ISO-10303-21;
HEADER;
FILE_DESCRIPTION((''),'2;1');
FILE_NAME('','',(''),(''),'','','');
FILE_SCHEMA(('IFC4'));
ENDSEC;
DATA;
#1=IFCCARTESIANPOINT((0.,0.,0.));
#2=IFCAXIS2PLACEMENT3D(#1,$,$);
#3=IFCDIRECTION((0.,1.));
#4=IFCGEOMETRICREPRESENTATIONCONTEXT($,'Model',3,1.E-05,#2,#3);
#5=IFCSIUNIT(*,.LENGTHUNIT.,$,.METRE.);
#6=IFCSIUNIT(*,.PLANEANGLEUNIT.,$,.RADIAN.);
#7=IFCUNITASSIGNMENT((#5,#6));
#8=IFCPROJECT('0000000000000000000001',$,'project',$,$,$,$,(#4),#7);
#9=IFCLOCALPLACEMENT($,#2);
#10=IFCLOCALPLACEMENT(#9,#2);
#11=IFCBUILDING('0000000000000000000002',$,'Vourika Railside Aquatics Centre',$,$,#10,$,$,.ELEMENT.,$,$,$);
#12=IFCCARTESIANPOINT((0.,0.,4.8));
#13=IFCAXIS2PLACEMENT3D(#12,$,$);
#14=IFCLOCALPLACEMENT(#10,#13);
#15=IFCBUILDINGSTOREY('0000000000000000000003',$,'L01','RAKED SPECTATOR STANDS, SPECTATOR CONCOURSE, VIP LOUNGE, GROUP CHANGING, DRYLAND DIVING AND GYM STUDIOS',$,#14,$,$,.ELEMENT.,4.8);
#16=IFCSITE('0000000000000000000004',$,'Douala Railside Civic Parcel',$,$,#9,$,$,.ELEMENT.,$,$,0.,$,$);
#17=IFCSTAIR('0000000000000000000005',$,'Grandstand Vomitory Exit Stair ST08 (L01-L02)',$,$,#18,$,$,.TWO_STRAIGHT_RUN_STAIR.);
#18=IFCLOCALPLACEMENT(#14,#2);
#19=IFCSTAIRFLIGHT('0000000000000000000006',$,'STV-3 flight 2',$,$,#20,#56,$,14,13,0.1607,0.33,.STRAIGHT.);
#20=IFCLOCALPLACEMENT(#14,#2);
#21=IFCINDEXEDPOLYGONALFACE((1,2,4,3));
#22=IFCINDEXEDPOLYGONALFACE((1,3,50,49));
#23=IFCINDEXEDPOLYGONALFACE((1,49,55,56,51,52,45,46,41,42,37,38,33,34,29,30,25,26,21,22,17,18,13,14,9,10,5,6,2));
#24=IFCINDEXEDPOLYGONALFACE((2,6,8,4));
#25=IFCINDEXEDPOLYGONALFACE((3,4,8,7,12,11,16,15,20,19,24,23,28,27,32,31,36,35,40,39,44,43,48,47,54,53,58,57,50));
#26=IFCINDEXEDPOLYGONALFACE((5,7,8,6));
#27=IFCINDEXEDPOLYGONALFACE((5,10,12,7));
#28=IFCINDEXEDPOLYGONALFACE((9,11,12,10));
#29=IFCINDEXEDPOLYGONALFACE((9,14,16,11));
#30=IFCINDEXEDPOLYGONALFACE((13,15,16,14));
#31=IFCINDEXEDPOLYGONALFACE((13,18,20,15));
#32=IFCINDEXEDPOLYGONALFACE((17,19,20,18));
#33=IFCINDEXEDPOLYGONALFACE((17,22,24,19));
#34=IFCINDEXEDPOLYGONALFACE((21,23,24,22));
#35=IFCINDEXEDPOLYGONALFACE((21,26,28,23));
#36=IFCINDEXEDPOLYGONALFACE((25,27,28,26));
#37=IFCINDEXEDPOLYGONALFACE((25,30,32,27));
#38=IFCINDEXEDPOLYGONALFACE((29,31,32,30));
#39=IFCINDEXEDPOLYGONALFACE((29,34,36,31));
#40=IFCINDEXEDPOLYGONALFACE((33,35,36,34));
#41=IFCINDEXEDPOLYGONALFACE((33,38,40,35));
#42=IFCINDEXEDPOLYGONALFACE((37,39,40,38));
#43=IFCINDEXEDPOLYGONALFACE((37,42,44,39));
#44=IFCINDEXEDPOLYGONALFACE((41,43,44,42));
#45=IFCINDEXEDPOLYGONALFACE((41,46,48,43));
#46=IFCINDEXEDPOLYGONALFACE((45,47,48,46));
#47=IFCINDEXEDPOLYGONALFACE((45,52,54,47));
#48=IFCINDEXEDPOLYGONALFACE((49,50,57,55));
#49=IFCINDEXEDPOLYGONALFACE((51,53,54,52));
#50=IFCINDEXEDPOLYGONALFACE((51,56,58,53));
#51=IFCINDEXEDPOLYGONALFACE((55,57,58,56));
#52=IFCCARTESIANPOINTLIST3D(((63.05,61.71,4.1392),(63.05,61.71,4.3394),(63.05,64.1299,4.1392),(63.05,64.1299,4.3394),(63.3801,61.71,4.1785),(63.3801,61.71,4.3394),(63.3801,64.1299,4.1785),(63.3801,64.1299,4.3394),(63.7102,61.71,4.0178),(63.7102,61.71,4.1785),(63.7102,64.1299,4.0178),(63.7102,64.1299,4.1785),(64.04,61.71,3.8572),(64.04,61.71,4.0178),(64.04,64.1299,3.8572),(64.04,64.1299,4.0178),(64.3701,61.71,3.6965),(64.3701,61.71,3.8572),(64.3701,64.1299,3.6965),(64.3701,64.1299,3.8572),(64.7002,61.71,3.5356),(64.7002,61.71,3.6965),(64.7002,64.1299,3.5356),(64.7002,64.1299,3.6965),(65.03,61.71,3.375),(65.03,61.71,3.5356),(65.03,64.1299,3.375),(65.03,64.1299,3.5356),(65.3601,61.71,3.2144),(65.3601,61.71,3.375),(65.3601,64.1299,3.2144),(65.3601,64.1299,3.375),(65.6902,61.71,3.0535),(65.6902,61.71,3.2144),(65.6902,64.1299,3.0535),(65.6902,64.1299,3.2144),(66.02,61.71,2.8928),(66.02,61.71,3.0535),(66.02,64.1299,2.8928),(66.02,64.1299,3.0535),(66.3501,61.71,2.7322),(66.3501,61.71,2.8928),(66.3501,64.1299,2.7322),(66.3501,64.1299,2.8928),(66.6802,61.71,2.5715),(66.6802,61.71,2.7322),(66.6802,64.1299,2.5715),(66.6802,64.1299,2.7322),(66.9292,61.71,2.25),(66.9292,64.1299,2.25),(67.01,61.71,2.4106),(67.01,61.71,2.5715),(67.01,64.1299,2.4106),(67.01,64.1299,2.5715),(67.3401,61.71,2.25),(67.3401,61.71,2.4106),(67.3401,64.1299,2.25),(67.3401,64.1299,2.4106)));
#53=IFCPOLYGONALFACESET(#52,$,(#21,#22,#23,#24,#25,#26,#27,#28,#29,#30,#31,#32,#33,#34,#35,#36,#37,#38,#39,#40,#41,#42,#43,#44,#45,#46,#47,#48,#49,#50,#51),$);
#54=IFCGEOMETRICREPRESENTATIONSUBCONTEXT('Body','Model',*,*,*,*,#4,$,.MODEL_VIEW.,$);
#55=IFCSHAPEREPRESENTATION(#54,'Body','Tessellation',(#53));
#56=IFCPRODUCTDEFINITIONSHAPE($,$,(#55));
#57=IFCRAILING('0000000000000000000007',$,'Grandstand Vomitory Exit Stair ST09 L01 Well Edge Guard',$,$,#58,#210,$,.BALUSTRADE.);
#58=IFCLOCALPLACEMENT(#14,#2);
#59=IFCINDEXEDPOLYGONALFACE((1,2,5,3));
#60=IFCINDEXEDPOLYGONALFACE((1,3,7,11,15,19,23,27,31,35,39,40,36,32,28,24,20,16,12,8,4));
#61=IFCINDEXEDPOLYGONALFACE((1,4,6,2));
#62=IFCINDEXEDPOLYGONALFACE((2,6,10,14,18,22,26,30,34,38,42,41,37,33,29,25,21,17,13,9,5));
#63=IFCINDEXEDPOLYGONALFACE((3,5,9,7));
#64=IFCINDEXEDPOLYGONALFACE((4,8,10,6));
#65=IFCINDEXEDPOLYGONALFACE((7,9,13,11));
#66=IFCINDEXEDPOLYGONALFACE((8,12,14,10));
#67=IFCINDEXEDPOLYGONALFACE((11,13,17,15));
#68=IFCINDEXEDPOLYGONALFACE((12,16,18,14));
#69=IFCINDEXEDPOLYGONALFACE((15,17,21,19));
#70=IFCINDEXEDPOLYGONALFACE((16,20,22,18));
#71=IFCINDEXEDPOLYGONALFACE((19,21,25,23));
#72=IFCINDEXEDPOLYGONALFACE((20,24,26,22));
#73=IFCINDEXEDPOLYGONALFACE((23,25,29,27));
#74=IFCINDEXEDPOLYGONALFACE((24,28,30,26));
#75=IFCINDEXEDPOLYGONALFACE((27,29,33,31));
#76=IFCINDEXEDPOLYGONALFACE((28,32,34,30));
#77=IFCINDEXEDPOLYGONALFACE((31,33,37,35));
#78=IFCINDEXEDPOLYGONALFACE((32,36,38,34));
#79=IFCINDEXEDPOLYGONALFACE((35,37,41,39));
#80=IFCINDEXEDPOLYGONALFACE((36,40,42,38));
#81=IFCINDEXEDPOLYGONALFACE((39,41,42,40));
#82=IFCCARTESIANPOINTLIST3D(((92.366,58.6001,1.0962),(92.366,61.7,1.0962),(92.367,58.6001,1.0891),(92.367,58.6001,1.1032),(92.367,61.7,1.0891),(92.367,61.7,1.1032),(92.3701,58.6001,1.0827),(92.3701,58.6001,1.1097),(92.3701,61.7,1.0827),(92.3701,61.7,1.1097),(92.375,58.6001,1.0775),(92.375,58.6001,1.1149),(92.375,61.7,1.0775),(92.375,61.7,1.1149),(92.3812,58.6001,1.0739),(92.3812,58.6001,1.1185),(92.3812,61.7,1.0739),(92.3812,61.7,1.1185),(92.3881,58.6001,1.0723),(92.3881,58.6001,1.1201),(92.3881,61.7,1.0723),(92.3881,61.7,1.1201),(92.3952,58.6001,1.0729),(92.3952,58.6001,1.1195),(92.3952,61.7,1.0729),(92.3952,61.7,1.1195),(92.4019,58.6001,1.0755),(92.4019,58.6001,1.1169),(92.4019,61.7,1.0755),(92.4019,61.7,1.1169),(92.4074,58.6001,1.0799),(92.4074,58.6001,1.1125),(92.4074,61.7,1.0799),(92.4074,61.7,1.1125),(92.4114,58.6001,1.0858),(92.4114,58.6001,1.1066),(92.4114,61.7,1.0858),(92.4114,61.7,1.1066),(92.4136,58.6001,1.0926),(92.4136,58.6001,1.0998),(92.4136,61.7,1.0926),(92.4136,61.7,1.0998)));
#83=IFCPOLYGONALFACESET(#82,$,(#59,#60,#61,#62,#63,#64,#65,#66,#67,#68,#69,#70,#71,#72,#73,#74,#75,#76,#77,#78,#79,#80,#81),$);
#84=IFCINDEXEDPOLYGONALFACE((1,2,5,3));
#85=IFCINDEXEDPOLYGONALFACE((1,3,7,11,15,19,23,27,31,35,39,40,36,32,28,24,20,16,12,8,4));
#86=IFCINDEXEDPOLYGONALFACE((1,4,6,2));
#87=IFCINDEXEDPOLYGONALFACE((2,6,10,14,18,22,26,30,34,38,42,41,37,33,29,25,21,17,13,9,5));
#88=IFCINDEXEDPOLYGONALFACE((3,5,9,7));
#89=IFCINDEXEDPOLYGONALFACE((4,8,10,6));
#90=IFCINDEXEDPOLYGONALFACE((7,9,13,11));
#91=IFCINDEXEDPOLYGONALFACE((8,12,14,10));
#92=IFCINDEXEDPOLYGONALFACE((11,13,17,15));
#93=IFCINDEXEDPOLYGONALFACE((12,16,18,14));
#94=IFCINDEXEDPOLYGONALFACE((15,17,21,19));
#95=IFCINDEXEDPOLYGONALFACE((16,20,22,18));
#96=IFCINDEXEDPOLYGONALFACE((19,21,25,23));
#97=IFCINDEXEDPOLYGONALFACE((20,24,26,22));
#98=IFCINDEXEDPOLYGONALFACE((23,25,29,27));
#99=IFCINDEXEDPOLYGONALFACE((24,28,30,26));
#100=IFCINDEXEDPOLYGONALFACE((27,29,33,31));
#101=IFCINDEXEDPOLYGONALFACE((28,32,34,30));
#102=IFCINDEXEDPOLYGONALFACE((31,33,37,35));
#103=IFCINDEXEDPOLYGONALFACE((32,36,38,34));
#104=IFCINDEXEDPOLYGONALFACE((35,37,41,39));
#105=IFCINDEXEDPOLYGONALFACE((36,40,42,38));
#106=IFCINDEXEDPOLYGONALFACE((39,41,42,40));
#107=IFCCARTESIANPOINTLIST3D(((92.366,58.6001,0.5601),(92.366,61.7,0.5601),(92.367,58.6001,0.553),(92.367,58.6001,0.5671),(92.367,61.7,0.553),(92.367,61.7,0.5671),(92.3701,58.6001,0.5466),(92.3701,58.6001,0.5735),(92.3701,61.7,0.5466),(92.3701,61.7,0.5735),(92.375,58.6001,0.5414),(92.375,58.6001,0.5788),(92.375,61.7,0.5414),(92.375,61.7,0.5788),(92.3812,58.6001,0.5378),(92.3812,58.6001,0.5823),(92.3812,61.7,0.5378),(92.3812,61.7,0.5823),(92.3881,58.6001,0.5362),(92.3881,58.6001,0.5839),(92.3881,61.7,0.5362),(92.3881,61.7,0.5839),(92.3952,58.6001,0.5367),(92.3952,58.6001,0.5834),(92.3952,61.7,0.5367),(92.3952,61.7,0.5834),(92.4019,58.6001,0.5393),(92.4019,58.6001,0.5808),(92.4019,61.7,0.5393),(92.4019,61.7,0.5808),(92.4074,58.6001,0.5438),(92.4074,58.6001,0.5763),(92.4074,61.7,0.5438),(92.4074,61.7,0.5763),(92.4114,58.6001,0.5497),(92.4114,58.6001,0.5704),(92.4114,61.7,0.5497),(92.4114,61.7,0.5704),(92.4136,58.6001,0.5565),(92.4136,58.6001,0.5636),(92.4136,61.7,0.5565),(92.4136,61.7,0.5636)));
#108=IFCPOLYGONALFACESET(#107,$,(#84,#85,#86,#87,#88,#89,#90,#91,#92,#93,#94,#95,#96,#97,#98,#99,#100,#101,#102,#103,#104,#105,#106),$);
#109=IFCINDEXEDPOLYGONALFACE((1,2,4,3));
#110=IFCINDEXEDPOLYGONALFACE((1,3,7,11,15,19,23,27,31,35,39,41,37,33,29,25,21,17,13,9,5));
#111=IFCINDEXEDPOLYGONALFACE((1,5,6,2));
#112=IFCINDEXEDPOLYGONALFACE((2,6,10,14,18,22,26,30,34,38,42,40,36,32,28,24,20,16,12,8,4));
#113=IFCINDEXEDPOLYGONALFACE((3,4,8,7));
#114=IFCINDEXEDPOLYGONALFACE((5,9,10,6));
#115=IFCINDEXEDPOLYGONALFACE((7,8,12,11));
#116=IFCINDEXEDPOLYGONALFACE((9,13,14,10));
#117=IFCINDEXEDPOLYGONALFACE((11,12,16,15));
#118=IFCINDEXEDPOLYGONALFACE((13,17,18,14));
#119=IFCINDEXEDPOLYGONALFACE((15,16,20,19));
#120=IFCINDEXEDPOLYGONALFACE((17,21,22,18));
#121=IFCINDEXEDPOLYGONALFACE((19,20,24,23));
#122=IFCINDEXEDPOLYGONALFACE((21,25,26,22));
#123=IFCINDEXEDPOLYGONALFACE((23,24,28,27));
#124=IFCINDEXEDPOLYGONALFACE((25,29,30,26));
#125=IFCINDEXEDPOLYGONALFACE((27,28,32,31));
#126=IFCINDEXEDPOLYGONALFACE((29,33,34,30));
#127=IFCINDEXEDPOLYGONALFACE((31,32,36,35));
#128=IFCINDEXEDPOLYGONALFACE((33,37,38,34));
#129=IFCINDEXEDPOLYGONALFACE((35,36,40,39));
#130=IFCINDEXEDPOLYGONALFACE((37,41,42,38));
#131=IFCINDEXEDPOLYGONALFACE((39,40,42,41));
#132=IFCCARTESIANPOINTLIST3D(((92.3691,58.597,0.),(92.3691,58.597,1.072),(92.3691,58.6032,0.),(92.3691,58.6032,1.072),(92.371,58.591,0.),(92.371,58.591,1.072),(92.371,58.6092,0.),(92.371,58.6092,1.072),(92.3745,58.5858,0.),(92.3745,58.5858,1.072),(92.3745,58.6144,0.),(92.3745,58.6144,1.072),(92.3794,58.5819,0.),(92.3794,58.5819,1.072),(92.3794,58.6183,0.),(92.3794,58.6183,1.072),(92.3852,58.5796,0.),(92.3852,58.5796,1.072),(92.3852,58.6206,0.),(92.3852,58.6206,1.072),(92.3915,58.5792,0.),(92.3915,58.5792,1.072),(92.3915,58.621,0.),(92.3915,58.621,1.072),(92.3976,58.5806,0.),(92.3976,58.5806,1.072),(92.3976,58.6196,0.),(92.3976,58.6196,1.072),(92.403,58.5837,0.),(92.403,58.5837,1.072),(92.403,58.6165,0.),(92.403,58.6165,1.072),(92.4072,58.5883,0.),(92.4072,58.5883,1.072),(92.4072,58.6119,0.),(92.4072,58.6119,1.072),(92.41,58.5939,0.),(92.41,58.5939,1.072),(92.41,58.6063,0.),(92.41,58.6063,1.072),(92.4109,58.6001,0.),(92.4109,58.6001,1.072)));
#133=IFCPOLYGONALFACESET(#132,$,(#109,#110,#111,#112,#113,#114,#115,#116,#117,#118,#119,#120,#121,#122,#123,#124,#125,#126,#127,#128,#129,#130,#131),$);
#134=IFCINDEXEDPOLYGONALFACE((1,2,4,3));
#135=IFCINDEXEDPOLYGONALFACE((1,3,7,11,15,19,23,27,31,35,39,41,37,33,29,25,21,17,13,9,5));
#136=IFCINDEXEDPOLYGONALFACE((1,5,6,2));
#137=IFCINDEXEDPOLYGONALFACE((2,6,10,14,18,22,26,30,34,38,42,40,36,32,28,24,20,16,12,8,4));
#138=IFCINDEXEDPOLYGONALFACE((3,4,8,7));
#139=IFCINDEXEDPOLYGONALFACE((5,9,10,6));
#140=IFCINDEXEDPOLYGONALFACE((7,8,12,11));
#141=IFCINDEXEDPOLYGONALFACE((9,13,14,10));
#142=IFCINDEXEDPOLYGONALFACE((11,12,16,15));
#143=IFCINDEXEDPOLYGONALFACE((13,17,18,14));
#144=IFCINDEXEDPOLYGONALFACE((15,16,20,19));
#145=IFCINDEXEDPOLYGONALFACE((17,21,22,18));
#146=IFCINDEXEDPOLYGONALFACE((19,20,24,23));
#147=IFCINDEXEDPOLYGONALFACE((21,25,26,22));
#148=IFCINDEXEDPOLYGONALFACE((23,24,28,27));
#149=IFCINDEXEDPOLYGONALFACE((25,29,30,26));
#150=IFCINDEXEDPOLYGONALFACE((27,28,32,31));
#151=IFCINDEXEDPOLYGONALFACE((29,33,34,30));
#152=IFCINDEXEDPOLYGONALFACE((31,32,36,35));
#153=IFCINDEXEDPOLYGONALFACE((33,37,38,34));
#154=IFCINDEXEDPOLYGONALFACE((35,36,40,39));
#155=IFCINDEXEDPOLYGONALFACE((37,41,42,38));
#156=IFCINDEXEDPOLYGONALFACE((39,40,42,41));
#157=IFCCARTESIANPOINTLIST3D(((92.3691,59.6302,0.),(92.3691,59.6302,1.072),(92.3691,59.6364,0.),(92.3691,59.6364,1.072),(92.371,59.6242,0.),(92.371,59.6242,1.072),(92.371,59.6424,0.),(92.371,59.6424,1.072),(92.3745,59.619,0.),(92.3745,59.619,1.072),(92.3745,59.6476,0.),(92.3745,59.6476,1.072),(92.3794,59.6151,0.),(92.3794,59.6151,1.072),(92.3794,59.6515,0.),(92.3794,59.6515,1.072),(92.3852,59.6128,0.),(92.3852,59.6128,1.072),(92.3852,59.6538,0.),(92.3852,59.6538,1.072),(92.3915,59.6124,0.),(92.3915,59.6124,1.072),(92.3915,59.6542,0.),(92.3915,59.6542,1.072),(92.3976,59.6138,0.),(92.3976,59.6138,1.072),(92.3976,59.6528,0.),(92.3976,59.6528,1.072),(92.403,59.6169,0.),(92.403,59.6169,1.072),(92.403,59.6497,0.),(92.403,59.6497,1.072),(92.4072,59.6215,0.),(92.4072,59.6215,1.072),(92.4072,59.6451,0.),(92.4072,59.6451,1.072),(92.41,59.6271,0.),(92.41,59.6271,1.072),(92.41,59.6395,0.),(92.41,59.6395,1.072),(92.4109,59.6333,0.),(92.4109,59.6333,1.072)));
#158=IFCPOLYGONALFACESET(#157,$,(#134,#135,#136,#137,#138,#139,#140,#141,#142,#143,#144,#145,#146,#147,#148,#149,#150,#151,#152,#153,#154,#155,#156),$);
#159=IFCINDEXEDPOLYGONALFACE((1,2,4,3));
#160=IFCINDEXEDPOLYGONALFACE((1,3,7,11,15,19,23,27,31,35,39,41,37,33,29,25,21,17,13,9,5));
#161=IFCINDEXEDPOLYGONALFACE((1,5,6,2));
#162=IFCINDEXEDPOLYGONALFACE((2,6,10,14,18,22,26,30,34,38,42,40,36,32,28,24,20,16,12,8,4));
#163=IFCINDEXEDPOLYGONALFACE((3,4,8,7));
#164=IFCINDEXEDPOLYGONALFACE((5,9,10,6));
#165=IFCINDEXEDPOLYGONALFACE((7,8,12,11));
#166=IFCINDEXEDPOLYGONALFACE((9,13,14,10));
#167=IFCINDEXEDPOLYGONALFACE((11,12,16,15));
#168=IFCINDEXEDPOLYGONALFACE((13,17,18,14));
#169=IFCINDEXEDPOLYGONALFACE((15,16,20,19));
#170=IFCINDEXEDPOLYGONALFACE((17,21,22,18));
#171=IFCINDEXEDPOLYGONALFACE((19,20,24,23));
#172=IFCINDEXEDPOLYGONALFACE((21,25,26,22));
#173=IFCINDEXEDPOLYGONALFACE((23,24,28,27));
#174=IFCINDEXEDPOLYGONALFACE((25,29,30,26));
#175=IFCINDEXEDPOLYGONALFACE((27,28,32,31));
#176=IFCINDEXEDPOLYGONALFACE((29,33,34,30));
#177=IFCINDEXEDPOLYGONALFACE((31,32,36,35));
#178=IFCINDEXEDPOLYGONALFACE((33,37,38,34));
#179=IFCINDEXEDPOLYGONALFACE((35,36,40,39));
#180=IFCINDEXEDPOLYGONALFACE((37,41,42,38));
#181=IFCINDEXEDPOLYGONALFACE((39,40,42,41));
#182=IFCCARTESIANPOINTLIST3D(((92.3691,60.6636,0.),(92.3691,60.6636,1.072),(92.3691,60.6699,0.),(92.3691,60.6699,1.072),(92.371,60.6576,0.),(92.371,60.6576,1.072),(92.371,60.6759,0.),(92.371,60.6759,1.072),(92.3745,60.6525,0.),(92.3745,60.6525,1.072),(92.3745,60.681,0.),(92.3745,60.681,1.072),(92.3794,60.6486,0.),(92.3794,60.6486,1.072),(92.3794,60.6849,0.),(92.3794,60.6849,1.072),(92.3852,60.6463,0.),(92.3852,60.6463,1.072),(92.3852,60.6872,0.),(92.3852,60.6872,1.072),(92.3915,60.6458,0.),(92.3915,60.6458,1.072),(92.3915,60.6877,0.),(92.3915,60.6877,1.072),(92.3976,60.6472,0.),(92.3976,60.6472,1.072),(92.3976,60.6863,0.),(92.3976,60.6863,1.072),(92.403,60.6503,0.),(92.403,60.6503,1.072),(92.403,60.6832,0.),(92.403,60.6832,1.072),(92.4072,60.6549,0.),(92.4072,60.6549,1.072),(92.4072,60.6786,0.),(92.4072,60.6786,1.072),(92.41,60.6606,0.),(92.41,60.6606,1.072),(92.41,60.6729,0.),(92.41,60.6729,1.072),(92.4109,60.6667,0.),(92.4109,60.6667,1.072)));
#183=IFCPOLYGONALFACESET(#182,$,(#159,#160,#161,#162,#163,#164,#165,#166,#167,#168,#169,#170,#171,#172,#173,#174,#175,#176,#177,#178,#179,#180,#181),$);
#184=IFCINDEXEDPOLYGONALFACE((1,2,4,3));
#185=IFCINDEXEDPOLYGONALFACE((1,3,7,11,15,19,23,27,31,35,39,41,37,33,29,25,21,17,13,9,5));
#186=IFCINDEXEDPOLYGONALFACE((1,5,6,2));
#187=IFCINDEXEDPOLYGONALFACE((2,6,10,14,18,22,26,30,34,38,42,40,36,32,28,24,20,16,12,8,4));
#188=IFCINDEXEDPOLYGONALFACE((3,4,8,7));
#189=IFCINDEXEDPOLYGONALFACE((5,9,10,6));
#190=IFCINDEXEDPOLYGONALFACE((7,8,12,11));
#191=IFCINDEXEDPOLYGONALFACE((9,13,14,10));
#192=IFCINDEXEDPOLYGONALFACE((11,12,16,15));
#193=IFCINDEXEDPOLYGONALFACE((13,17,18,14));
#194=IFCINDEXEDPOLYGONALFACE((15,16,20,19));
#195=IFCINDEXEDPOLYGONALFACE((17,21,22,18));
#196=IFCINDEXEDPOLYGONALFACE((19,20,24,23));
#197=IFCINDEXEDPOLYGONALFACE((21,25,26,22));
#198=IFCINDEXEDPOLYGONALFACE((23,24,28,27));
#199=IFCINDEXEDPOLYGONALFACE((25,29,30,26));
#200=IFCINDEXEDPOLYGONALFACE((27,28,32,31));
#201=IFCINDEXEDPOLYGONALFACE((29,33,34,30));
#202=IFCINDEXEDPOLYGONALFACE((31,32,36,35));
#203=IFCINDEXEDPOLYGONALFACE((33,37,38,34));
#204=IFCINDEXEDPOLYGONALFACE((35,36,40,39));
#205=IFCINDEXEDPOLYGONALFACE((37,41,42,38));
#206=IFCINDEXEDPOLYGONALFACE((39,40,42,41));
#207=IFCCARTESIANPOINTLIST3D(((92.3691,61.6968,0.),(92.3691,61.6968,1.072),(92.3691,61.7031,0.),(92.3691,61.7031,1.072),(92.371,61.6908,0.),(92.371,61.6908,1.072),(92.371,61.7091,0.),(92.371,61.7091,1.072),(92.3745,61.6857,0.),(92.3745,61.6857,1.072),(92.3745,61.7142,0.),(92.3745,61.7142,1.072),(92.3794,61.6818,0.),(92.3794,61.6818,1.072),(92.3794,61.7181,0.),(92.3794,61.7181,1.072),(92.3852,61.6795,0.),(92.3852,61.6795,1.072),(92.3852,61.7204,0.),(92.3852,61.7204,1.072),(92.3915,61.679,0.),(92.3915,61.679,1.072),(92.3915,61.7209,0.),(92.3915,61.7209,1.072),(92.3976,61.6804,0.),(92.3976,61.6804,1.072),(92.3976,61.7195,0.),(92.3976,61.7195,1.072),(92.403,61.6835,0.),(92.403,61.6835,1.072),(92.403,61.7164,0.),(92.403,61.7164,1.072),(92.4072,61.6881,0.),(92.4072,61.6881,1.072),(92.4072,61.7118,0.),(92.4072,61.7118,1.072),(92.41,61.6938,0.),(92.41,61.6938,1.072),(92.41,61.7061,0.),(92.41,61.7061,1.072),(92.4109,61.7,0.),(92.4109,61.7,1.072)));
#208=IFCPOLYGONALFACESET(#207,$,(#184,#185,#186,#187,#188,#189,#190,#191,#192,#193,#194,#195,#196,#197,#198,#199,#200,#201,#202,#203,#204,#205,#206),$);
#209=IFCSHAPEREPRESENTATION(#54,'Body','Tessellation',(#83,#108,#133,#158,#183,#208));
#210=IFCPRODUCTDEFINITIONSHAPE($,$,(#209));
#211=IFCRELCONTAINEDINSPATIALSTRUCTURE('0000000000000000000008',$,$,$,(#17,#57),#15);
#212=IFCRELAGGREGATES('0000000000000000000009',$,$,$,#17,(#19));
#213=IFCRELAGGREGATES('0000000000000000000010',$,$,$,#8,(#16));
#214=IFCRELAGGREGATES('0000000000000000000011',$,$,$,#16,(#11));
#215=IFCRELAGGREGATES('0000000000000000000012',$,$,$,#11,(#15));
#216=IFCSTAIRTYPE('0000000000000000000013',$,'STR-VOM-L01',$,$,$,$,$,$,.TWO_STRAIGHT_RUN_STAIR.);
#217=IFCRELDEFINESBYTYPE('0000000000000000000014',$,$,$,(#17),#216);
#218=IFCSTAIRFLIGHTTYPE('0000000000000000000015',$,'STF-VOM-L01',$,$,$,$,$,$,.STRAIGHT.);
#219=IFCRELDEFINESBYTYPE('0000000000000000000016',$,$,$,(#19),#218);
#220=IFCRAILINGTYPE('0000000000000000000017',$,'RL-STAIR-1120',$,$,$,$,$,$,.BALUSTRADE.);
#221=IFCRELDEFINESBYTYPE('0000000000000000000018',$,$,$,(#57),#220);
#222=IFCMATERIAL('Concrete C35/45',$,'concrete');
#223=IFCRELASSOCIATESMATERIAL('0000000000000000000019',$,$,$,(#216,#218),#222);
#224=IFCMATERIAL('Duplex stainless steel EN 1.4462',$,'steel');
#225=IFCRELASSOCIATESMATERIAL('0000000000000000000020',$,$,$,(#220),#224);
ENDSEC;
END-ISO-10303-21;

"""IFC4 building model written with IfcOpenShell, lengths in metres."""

from ifc_helpers import new_model, si_unit, direction, frame, origin, origin_2d, place, context, subcontext, project, spatial, polyline, circle, outline, extrude, material, type_object, element, aggregate, save


model = new_model("IFC4")

# Units and contexts
model_context = context("Model", 3, precision=1e-05, world=origin(), true_north=direction((0.0, 1.0)))
body_context = subcontext(model_context, "Body", "Model", "MODEL_VIEW")
ifc_project = project(units=[si_unit("LENGTHUNIT", "METRE"), si_unit("PLANEANGLEUNIT", "RADIAN")], contexts=[model_context])

# Site, building, storey
site_placement = place(None, origin())
site = spatial("IfcSite", under=ifc_project, at=site_placement, Name="Douala Railside Civic Parcel", CompositionType="ELEMENT", RefElevation=0.0)
building_placement = place(site_placement, origin())
building = spatial("IfcBuilding", under=site, at=building_placement, Name="Vourika Railside Aquatics Centre", CompositionType="ELEMENT")
storey_placement = place(building_placement, frame((0.0, 0.0, 4.8)))
storey = spatial("IfcBuildingStorey", under=building, at=storey_placement, Name="L01", Description="RAKED SPECTATOR STANDS, SPECTATOR CONCOURSE, VIP LOUNGE, GROUP CHANGING, DRYLAND DIVING AND GYM STUDIOS", CompositionType="ELEMENT", Elevation=4.8)

# Shared definitions
ifc_material_1 = material(Name="Concrete C35/45", Category="concrete")

# Stair, stair flight
stair_type = type_object("IfcStairType", Name="STR-VOM-L01", PredefinedType="TWO_STRAIGHT_RUN_STAIR", material=ifc_material_1)
stair_placement = place(storey_placement, origin())
stair = element("IfcStair", 1, at=stair_placement, inside=storey, type_object=stair_type, Name="Grandstand Vomitory Exit Stair ST08 (L01-L02)", PredefinedType="TWO_STRAIGHT_RUN_STAIR")
stair_flight_type = type_object("IfcStairFlightType", Name="STF-VOM-L01", PredefinedType="STRAIGHT", material=ifc_material_1)
stair_flight_1_placement = place(storey_placement, frame((67.3401, 62.9199, 2.25), z_axis=(0.0, 0.0, 1.0), x_axis=(-1.0, 0.0, 0.0)))
stair_flight_1 = element("IfcStairFlight", 2, at=stair_flight_1_placement, type_object=stair_flight_type, Name="STV-3 flight 2", NumberOfRisers=14, NumberOfTreads=13, PredefinedType="STRAIGHT", RiserHeight=0.1607, TreadLength=0.33, context=body_context, shape_type="SweptSolid", body=[
    extrude(outline(polyline([(0.0, 0.0), (0.0, 0.1606), (0.3301, 0.1606), (0.3301, 0.3215), (0.6599, 0.3215), (0.6599, 0.4822), (0.99, 0.4822), (0.99, 0.6428), (1.3201, 0.6428), (1.3201, 0.8035), (1.6499, 0.8035), (1.6499, 0.9644), (1.98, 0.9644), (1.98, 1.125), (2.3101, 1.125), (2.3101, 1.2856), (2.6399, 1.2856), (2.6399, 1.4465), (2.97, 1.4465), (2.97, 1.6072), (3.3, 1.6072), (3.3, 1.7678), (3.6299, 1.7678), (3.6299, 1.9285), (3.96, 1.9285), (3.96, 2.0894), (4.29, 2.0894), (4.29, 2.25), (4.29, 1.8892), (0.4109, 0.0), (0.0, 0.0)])), frame((0.0, 1.21, 0.0), z_axis=(0.0, -1.0, 0.0), x_axis=(1.0, 0.0, 0.0)), (0.0, 0.0, 1.0), 2.4199),
])
aggregate(stair, [stair_flight_1])

# Railing
ifc_material_2 = material(Name="Duplex stainless steel EN 1.4462", Category="steel")
railing_type = type_object("IfcRailingType", Name="RL-STAIR-1120", PredefinedType="BALUSTRADE", material=ifc_material_2)
for number, where, name in (
    (3, (92.3899, 58.6001, 0.0), "Grandstand Vomitory Exit Stair ST09 L01 Well Edge Guard"),
):
    element("IfcRailing", number, at=place(storey_placement, frame(where)), inside=storey, type_object=railing_type, Name=name, PredefinedType="BALUSTRADE", context=body_context, shape_type="SweptSolid", body=[
        extrude(circle(Radius=0.0239, at=origin_2d()), frame((0.0, 0.0, 1.0962), z_axis=(0.0, 1.0, 0.0), x_axis=(-1.0, 0.0, 0.0)), (0.0, 0.0, 1.0), 3.0999),
        extrude(circle(Radius=0.0239, at=origin_2d()), frame((0.0, 0.0, 0.5601), z_axis=(0.0, 1.0, 0.0), x_axis=(-1.0, 0.0, 0.0)), (0.0, 0.0, 1.0), 3.0999),
        extrude(circle(Radius=0.021, at=origin_2d()), origin(), (0.0, 0.0, 1.0), 1.072),
        extrude(circle(Radius=0.021, at=origin_2d()), frame((0.0, 1.0332, 0.0)), (0.0, 0.0, 1.0), 1.072),
        extrude(circle(Radius=0.021, at=origin_2d()), frame((0.0, 2.0667, 0.0)), (0.0, 0.0, 1.0), 1.072),
        extrude(circle(Radius=0.021, at=origin_2d()), frame((0.0, 3.0999, 0.0)), (0.0, 0.0, 1.0), 1.072),
    ])

save(model, "model.ifc")
